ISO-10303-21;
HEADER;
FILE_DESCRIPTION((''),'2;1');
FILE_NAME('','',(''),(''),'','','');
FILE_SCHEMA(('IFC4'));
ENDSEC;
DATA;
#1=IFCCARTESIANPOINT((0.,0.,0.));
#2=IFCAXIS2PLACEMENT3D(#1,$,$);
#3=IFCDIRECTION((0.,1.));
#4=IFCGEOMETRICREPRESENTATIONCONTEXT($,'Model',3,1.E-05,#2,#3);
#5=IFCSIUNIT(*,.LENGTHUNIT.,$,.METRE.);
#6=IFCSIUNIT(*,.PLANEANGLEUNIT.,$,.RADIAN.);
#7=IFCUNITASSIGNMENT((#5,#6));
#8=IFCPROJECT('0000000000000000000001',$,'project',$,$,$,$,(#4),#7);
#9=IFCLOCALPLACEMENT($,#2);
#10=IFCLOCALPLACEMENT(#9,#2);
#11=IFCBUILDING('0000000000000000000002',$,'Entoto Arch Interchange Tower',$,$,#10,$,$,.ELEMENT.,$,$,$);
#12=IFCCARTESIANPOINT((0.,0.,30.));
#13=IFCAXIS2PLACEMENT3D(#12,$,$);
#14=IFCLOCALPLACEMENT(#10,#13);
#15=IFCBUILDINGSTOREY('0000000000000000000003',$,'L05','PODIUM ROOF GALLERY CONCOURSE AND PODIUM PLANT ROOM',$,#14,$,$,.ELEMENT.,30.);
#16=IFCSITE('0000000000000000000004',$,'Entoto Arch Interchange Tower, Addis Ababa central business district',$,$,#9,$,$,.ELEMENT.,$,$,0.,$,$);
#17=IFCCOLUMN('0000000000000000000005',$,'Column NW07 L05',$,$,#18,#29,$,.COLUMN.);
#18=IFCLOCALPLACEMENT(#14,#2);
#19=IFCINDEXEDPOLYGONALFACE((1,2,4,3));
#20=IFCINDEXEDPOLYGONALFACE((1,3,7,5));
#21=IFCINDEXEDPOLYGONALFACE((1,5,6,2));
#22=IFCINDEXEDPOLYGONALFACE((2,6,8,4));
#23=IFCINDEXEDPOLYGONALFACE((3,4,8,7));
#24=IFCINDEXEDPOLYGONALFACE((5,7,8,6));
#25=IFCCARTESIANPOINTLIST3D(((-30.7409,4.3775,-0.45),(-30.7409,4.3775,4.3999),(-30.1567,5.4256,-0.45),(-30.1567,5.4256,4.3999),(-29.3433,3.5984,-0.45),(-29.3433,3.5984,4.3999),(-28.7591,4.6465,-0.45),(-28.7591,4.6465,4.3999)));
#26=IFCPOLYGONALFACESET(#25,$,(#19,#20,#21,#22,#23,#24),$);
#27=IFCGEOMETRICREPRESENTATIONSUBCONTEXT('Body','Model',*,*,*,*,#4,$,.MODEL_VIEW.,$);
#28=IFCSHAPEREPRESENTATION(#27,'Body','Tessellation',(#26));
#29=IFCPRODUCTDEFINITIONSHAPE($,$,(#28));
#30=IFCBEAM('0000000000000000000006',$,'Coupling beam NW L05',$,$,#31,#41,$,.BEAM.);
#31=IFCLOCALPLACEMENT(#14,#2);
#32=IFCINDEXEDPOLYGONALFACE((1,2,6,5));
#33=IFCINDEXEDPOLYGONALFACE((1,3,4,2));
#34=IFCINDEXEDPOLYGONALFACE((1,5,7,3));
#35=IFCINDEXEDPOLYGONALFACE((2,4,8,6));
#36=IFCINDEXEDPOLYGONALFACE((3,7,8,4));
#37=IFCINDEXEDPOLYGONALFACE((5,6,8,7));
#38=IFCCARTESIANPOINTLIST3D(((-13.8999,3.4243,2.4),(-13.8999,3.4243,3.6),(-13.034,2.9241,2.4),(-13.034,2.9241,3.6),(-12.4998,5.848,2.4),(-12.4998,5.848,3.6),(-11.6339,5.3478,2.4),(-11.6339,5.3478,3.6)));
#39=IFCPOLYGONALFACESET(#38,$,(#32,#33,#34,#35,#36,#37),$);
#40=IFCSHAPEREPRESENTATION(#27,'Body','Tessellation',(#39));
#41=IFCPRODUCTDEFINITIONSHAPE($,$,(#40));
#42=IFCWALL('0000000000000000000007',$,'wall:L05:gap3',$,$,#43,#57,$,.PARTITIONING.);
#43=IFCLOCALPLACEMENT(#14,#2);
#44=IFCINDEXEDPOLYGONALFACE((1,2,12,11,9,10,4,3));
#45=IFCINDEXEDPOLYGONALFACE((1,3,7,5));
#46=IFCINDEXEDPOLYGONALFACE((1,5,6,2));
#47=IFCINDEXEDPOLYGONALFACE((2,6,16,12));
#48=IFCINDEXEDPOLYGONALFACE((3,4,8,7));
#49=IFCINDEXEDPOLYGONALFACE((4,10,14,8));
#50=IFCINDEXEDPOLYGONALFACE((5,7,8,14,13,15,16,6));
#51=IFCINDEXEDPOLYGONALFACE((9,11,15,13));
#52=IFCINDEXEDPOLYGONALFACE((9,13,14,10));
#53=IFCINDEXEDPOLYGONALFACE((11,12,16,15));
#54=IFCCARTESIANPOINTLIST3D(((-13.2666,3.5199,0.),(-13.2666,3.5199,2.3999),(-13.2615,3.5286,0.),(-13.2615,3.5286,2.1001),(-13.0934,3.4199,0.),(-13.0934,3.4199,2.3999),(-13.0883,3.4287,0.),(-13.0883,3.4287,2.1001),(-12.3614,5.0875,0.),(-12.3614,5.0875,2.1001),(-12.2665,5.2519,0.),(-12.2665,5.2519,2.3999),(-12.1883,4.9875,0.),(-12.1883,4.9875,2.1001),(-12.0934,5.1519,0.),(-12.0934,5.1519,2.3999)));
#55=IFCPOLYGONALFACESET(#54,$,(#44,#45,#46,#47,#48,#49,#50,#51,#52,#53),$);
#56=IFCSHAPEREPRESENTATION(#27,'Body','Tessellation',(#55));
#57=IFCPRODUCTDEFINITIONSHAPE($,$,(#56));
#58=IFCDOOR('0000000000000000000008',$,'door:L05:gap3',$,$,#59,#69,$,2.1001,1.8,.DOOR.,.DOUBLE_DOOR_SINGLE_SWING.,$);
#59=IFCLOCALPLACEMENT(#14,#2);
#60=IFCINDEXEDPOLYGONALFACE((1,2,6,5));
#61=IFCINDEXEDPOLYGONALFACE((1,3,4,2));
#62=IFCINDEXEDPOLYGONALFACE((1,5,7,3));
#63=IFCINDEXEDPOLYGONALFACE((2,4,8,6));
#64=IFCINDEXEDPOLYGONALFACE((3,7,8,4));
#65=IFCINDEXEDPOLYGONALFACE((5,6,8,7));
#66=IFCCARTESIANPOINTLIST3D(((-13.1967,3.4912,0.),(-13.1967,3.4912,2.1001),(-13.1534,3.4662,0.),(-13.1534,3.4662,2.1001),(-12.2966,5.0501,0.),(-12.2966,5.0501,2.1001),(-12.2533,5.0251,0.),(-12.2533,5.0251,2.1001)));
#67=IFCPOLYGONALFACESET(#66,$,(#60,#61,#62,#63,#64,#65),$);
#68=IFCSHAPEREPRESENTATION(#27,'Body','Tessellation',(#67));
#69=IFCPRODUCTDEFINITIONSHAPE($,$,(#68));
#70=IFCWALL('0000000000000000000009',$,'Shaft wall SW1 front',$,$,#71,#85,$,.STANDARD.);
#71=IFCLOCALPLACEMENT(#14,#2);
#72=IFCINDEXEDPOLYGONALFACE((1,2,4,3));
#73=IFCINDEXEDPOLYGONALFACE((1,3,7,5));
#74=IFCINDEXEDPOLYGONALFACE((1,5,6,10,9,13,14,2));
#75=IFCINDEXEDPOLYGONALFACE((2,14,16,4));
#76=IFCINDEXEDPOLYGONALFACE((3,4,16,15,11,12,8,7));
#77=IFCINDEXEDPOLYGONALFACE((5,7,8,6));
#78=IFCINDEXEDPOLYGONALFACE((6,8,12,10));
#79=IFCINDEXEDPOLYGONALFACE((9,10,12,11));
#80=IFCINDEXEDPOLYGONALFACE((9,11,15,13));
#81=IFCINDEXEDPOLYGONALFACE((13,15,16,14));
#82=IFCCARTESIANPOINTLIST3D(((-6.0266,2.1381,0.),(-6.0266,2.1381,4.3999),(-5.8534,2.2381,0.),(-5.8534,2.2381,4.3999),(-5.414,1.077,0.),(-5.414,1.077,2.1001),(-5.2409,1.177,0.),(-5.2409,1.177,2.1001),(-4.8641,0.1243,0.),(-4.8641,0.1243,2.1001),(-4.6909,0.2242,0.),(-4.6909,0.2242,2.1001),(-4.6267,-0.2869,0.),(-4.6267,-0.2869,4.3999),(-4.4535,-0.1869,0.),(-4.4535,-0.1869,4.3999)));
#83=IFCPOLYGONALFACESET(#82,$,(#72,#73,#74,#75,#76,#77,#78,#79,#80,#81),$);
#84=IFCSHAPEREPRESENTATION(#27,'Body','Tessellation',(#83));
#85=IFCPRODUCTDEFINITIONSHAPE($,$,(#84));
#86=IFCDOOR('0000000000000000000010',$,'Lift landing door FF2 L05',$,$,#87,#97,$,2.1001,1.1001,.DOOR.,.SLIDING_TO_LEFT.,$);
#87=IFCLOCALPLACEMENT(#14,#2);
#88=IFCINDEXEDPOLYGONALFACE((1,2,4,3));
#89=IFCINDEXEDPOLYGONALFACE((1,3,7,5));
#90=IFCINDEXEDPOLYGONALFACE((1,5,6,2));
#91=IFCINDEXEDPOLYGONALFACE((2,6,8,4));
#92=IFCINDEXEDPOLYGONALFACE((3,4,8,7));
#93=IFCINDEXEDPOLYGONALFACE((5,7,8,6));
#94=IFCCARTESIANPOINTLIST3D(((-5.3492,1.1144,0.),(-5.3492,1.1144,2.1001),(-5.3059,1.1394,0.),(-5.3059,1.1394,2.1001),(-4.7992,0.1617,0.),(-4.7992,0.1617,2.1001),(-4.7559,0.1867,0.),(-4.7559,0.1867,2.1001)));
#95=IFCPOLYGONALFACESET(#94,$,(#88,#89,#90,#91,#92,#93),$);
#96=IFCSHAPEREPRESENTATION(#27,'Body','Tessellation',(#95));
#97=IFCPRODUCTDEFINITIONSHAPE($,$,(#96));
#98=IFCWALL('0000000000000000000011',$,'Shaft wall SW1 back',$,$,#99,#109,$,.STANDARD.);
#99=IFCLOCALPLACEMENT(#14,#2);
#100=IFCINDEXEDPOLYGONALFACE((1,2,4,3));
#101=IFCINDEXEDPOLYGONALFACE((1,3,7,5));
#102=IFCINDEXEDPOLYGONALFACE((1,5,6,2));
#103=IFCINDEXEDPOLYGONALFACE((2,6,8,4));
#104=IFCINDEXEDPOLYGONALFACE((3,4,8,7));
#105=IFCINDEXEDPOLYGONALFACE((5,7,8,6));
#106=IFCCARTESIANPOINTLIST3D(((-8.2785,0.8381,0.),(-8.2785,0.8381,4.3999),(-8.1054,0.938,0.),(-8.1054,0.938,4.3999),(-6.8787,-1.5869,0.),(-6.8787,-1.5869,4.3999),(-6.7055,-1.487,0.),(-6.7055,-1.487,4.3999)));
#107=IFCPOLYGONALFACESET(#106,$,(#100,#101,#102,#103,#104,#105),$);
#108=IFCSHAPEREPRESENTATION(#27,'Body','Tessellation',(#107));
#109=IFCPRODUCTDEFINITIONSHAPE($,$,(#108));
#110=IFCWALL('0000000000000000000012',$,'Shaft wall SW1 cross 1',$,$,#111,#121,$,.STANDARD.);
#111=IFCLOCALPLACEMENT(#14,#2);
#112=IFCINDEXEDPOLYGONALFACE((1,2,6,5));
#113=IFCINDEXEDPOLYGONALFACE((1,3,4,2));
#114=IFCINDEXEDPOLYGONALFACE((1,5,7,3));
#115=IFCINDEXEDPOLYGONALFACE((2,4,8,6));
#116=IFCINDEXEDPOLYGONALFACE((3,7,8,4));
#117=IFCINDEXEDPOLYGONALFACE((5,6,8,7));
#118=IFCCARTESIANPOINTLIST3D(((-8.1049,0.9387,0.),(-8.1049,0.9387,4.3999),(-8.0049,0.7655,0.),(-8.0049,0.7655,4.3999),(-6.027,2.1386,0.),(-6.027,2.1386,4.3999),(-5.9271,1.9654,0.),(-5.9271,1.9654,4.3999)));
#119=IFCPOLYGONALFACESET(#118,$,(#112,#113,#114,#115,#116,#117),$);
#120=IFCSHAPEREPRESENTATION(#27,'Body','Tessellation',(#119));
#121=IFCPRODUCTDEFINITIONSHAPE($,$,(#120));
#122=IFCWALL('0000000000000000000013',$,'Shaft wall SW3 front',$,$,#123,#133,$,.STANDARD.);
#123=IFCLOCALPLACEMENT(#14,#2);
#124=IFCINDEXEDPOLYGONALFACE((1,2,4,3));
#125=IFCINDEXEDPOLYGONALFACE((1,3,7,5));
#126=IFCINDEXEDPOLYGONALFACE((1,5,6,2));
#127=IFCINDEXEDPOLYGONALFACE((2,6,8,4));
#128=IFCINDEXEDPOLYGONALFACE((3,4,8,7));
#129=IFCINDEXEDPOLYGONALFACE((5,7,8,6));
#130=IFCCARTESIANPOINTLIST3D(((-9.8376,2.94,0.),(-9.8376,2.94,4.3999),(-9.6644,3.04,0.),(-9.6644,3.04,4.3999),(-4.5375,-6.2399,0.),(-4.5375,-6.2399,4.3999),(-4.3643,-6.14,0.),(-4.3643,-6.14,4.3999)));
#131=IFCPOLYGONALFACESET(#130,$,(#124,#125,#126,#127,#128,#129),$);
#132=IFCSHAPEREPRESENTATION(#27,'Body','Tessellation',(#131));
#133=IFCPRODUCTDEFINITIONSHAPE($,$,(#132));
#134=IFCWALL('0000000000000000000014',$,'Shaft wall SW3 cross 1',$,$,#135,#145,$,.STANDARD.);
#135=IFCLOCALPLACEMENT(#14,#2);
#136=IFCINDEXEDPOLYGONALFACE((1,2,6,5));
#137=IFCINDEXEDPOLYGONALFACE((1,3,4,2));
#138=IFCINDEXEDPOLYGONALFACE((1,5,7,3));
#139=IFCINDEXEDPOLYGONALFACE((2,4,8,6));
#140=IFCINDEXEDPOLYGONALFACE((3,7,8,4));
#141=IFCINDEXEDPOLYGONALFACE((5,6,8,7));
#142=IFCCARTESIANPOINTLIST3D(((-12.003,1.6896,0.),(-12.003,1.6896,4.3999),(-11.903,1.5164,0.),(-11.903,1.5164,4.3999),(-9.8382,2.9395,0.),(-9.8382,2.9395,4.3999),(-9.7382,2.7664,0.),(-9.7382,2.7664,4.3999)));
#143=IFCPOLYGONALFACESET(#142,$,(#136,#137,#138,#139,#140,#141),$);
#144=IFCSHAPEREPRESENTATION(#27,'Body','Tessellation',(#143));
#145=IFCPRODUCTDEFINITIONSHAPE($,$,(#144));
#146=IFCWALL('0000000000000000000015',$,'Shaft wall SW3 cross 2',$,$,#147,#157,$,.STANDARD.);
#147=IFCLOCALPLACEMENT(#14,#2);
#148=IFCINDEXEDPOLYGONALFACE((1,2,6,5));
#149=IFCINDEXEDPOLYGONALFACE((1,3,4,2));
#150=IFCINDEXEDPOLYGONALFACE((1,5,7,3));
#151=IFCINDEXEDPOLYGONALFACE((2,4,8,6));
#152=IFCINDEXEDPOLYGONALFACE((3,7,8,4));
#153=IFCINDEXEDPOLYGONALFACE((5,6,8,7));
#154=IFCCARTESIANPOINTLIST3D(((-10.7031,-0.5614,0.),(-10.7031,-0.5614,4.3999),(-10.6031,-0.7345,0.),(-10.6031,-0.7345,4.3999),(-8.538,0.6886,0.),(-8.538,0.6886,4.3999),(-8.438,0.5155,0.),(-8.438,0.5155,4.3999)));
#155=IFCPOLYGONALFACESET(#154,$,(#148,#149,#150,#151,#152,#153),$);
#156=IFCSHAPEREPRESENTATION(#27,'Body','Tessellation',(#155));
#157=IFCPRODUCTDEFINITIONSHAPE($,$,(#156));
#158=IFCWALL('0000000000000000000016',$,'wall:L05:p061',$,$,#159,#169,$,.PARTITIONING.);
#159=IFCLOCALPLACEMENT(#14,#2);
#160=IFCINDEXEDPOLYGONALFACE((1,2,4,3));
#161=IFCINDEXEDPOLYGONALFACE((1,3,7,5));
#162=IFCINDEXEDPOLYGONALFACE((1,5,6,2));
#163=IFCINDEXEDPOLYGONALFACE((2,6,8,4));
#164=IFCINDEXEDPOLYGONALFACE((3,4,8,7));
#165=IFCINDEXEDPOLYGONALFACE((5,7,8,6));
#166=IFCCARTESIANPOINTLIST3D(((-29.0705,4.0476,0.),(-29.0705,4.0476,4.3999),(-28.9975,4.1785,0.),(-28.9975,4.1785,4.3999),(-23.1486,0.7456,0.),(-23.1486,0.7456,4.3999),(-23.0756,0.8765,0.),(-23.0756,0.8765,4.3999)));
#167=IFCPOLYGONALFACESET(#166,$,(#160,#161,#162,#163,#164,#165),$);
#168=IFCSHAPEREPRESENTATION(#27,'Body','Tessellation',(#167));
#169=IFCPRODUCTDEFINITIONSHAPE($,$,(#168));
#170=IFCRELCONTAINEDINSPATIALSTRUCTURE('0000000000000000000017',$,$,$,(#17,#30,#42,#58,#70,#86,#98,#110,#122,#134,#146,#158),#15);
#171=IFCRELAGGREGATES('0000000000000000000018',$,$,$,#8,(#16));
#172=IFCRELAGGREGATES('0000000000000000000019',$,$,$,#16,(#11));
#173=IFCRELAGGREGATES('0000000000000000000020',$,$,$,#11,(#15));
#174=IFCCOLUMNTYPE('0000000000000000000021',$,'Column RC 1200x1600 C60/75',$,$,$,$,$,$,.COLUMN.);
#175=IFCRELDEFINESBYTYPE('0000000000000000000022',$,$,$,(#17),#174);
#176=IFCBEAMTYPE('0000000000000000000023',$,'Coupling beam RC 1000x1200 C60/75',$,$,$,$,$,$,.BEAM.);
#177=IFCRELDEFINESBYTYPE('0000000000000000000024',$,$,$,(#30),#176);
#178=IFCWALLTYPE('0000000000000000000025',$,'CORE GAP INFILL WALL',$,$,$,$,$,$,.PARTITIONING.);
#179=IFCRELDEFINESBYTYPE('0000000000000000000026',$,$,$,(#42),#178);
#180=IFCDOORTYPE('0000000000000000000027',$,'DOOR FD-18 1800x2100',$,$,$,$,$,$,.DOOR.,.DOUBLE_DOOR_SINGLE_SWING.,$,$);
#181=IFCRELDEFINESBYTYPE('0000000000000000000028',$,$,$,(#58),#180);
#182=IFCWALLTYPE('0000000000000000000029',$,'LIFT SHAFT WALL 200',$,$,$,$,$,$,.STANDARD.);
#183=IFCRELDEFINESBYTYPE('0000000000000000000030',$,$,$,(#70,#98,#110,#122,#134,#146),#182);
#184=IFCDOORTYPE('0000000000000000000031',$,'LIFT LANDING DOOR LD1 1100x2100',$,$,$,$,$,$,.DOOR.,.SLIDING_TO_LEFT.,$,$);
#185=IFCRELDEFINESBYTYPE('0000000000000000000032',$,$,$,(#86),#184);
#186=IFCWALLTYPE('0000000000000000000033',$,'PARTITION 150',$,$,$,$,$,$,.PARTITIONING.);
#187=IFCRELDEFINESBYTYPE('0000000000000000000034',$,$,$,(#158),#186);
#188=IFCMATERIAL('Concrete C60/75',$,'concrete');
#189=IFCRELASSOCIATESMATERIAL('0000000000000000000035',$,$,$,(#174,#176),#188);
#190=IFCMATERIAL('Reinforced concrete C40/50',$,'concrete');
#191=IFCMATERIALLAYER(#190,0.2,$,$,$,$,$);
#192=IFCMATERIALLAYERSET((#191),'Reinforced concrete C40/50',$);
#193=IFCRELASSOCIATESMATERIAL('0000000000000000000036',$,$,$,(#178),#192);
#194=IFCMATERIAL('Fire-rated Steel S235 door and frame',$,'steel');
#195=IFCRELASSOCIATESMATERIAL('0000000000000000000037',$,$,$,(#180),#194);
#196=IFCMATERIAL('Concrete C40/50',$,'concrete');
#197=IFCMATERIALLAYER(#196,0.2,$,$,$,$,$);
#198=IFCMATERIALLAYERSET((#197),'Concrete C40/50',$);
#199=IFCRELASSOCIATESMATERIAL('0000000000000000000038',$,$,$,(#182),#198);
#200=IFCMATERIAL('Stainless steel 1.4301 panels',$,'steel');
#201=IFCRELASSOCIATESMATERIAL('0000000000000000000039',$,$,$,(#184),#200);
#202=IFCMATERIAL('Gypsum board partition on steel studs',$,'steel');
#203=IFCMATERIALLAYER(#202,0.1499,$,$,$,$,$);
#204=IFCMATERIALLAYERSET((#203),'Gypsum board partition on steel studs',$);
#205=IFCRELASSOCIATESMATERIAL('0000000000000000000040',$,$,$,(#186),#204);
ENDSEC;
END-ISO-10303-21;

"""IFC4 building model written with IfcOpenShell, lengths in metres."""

from ifc_helpers import new_model, si_unit, direction, frame, frame_2d, origin, origin_2d, place, context, subcontext, project, spatial, rectangle, extrude, material, layer, layer_set, material_profile, profile_set, type_object, element, fill, save


model = new_model("IFC4")

# Units and contexts
model_context = context("Model", 3, precision=1e-05, world=origin(), true_north=direction((0.0, 1.0)))
body_context = subcontext(model_context, "Body", "Model", "MODEL_VIEW")
ifc_project = project(units=[si_unit("LENGTHUNIT", "METRE"), si_unit("PLANEANGLEUNIT", "RADIAN")], contexts=[model_context])

# Site, building, storey
site_placement = place(None, origin())
site = spatial("IfcSite", under=ifc_project, at=site_placement, Name="Entoto Arch Interchange Tower, Addis Ababa central business district", CompositionType="ELEMENT", RefElevation=0.0)
building_placement = place(site_placement, origin())
building = spatial("IfcBuilding", under=site, at=building_placement, Name="Entoto Arch Interchange Tower", CompositionType="ELEMENT")
storey_placement = place(building_placement, frame((0.0, 0.0, 30.0)))
storey = spatial("IfcBuildingStorey", under=building, at=storey_placement, Name="L05", Description="PODIUM ROOF GALLERY CONCOURSE AND PODIUM PLANT ROOM", CompositionType="ELEMENT", Elevation=30.0)

# Column
ifc_material_1 = material(Name="Concrete C60/75", Category="concrete")
ifc_material_profile_1 = material_profile(ifc_material_1, rectangle(XDim=1.2, YDim=1.6001, at=origin_2d()))
ifc_profile_set_1 = profile_set([ifc_material_profile_1], Name="Concrete C60/75")
column_type = type_object("IfcColumnType", Name="Column RC 1200x1600 C60/75", PredefinedType="COLUMN", material=ifc_profile_set_1)
column_placement = place(storey_placement, frame((-29.75, 4.512, -0.45), z_axis=(0.0, 0.0, 1.0), x_axis=(0.486915, 0.873449, 0.0)))
element("IfcColumn", 1, at=column_placement, inside=storey, type_object=column_type, Name="Column NW07 L05", PredefinedType="COLUMN", context=body_context, shape_type="SweptSolid", body=[
    extrude(rectangle(XDim=1.2, YDim=1.6001, at=origin_2d()), origin(), (0.0, 0.0, 1.0), 4.8499),
])

# Beam
ifc_material_profile_2 = material_profile(ifc_material_1, rectangle(XDim=1.0, YDim=1.2, at=origin_2d()))
ifc_profile_set_2 = profile_set([ifc_material_profile_2], Name="Concrete C60/75")
beam_type = type_object("IfcBeamType", Name="Coupling beam RC 1000x1200 C60/75", PredefinedType="BEAM", material=ifc_profile_set_2)
beam_placement = place(storey_placement, frame((-12.0669, 5.5979, 3.0), z_axis=(-0.500201, -0.86591, 0.0), x_axis=(0.86591, -0.500201, 0.0)))
element("IfcBeam", 2, at=beam_placement, inside=storey, type_object=beam_type, Name="Coupling beam NW L05", PredefinedType="BEAM", context=body_context, shape_type="SweptSolid", body=[
    extrude(rectangle(XDim=1.0, YDim=1.2, at=origin_2d()), origin(), (0.0, 0.0, 1.0), 2.7991),
])

# Walls, openings, doors
ifc_material_2 = material(Name="Reinforced concrete C40/50", Category="concrete")
ifc_layer_1 = layer(ifc_material_2, 0.2)
ifc_layer_set_1 = layer_set([ifc_layer_1], Name="Reinforced concrete C40/50")
wall_type_1 = type_object("IfcWallType", Name="CORE GAP INFILL WALL", PredefinedType="PARTITIONING", material=ifc_layer_set_1)
wall_1_placement = place(storey_placement, frame((-12.1799, 5.2019, 0.0), z_axis=(0.0, 0.0, 1.0), x_axis=(-0.500025, -0.866011, 0.0)))
wall_1 = element("IfcWall", 3, at=wall_1_placement, inside=storey, type_object=wall_type_1, Name="wall:L05:gap3", PredefinedType="PARTITIONING", context=body_context, shape_type="SweptSolid", body=[
    extrude(rectangle(XDim=2.0, YDim=0.2, at=frame_2d((1.0, 0.0))), origin(), (0.0, 0.0, 1.0), 2.3999),
])
opening_1_placement = place(wall_1_placement, frame((0.1899, 0.0, 0.0)))
opening_1 = element("IfcOpeningElement", 4, at=opening_1_placement, cuts=wall_1, PredefinedType="OPENING", context=body_context, shape_type="SweptSolid", body=[
    extrude(rectangle(XDim=1.8, YDim=2.1001, at=frame_2d((0.8999, 1.05))), frame((0.0, 0.1099, 0.0), z_axis=(0.0, -1.0, 0.0), x_axis=(1.0, 0.0, 0.0)), (0.0, 0.0, 1.0), 0.22),
])
ifc_material_3 = material(Name="Fire-rated Steel S235 door and frame", Category="steel")
door_type_1 = type_object("IfcDoorType", Name="DOOR FD-18 1800x2100", OperationType="DOUBLE_DOOR_SINGLE_SWING", PredefinedType="DOOR", material=ifc_material_3)
door_1_placement = place(opening_1_placement, origin())
door_1 = element("IfcDoor", 5, at=door_1_placement, inside=storey, type_object=door_type_1, Name="door:L05:gap3", OperationType="DOUBLE_DOOR_SINGLE_SWING", OverallHeight=2.1001, OverallWidth=1.8, PredefinedType="DOOR", context=body_context, shape_type="SweptSolid", body=[
    extrude(rectangle(XDim=1.8, YDim=2.1001, at=frame_2d((0.8999, 1.05))), frame((0.0, 0.0249, 0.0), z_axis=(0.0, -1.0, 0.0), x_axis=(1.0, 0.0, 0.0)), (0.0, 0.0, 1.0), 0.05),
])
fill(opening_1, door_1)
ifc_material_4 = material(Name="Concrete C40/50", Category="concrete")
ifc_layer_2 = layer(ifc_material_4, 0.2)
ifc_layer_set_2 = layer_set([ifc_layer_2], Name="Concrete C40/50")
wall_type_2 = type_object("IfcWallType", Name="LIFT SHAFT WALL 200", PredefinedType="STANDARD", material=ifc_layer_set_2)
wall_2_placement = place(storey_placement, frame((-5.9399, 2.188, 0.0), z_axis=(0.0, 0.0, 1.0), x_axis=(0.499946, -0.866056, 0.0)))
wall_2 = element("IfcWall", 6, at=wall_2_placement, inside=storey, type_object=wall_type_2, Name="Shaft wall SW1 front", PredefinedType="STANDARD", context=body_context, shape_type="SweptSolid", body=[
    extrude(rectangle(XDim=2.8, YDim=0.2, at=frame_2d((1.3999, 0.0))), origin(), (0.0, 0.0, 1.0), 4.3999),
])
opening_2_placement = place(wall_2_placement, frame((1.2251, 0.0, 0.0)))
opening_2 = element("IfcOpeningElement", 7, at=opening_2_placement, cuts=wall_2, PredefinedType="OPENING", context=body_context, shape_type="SweptSolid", body=[
    extrude(rectangle(XDim=1.1001, YDim=2.1001, at=frame_2d((0.55, 1.05))), frame((0.0, 0.1099, 0.0), z_axis=(0.0, -1.0, 0.0), x_axis=(1.0, 0.0, 0.0)), (0.0, 0.0, 1.0), 0.22),
])
ifc_material_5 = material(Name="Stainless steel 1.4301 panels", Category="steel")
door_type_2 = type_object("IfcDoorType", Name="LIFT LANDING DOOR LD1 1100x2100", OperationType="SLIDING_TO_LEFT", PredefinedType="DOOR", material=ifc_material_5)
door_2_placement = place(opening_2_placement, origin())
door_2 = element("IfcDoor", 8, at=door_2_placement, inside=storey, type_object=door_type_2, Name="Lift landing door FF2 L05", OperationType="SLIDING_TO_LEFT", OverallHeight=2.1001, OverallWidth=1.1001, PredefinedType="DOOR", context=body_context, shape_type="SweptSolid", body=[
    extrude(rectangle(XDim=1.1001, YDim=2.1001, at=frame_2d((0.55, 1.05))), frame((0.0, 0.0249, 0.0), z_axis=(0.0, -1.0, 0.0), x_axis=(1.0, 0.0, 0.0)), (0.0, 0.0, 1.0), 0.05),
])
fill(opening_2, door_2)

# Walls
wall_3_placement = place(storey_placement, frame((-8.1919, 0.8879, 0.0), z_axis=(0.0, 0.0, 1.0), x_axis=(0.499946, -0.866056, 0.0)))
element("IfcWall", 9, at=wall_3_placement, inside=storey, type_object=wall_type_2, Name="Shaft wall SW1 back", PredefinedType="STANDARD", context=body_context, shape_type="SweptSolid", body=[
    extrude(rectangle(XDim=2.8, YDim=0.2, at=frame_2d((1.3999, 0.0))), origin(), (0.0, 0.0, 1.0), 4.3999),
])
wall_4_placement = place(storey_placement, frame((-5.9771, 2.052, 0.0), z_axis=(0.0, 0.0, 1.0), x_axis=(-0.865974, -0.500089, 0.0)))
element("IfcWall", 10, at=wall_4_placement, inside=storey, type_object=wall_type_2, Name="Shaft wall SW1 cross 1", PredefinedType="STANDARD", context=body_context, shape_type="SweptSolid", body=[
    extrude(rectangle(XDim=2.3994, YDim=0.2, at=frame_2d((1.1997, 0.0))), origin(), (0.0, 0.0, 1.0), 4.3999),
])
wall_5_placement = place(storey_placement, frame((-9.751, 2.99, 0.0), z_axis=(0.0, 0.0, 1.0), x_axis=(0.500001, -0.866025, 0.0)))
element("IfcWall", 11, at=wall_5_placement, inside=storey, type_object=wall_type_2, Name="Shaft wall SW3 front", PredefinedType="STANDARD", context=body_context, shape_type="SweptSolid", body=[
    extrude(rectangle(XDim=10.6001, YDim=0.2, at=frame_2d((5.3, 0.0))), origin(), (0.0, 0.0, 1.0), 4.3999),
])
wall_6_placement = place(storey_placement, frame((-9.7881, 2.853, 0.0), z_axis=(0.0, 0.0, 1.0), x_axis=(-0.865999, -0.500047, 0.0)))
element("IfcWall", 12, at=wall_6_placement, inside=storey, type_object=wall_type_2, Name="Shaft wall SW3 cross 1", PredefinedType="STANDARD", context=body_context, shape_type="SweptSolid", body=[
    extrude(rectangle(XDim=2.4998, YDim=0.2, at=frame_2d((1.25, 0.0))), origin(), (0.0, 0.0, 1.0), 4.3999),
])
wall_7_placement = place(storey_placement, frame((-8.488, 0.6021, 0.0), z_axis=(0.0, 0.0, 1.0), x_axis=(-0.866023, -0.500004, 0.0)))
element("IfcWall", 13, at=wall_7_placement, inside=storey, type_object=wall_type_2, Name="Shaft wall SW3 cross 2", PredefinedType="STANDARD", context=body_context, shape_type="SweptSolid", body=[
    extrude(rectangle(XDim=2.5, YDim=0.2, at=frame_2d((1.25, 0.0))), origin(), (0.0, 0.0, 1.0), 4.3999),
])
ifc_material_6 = material(Name="Gypsum board partition on steel studs", Category="steel")
ifc_layer_3 = layer(ifc_material_6, 0.1499)
ifc_layer_set_3 = layer_set([ifc_layer_3], Name="Gypsum board partition on steel studs")
wall_type_3 = type_object("IfcWallType", Name="PARTITION 150", PredefinedType="PARTITIONING", material=ifc_layer_set_3)
wall_8_placement = place(storey_placement, frame((-23.1121, 0.811, 0.0), z_axis=(0.0, 0.0, 1.0), x_axis=(-0.8734, 0.487003, 0.0)))
element("IfcWall", 14, at=wall_8_placement, inside=storey, type_object=wall_type_3, Name="wall:L05:p061", PredefinedType="PARTITIONING", context=body_context, shape_type="SweptSolid", body=[
    extrude(rectangle(XDim=6.7803, YDim=0.1499, at=frame_2d((3.3901, 0.0))), origin(), (0.0, 0.0, 1.0), 4.3999),
])

save(model, "model.ifc")
